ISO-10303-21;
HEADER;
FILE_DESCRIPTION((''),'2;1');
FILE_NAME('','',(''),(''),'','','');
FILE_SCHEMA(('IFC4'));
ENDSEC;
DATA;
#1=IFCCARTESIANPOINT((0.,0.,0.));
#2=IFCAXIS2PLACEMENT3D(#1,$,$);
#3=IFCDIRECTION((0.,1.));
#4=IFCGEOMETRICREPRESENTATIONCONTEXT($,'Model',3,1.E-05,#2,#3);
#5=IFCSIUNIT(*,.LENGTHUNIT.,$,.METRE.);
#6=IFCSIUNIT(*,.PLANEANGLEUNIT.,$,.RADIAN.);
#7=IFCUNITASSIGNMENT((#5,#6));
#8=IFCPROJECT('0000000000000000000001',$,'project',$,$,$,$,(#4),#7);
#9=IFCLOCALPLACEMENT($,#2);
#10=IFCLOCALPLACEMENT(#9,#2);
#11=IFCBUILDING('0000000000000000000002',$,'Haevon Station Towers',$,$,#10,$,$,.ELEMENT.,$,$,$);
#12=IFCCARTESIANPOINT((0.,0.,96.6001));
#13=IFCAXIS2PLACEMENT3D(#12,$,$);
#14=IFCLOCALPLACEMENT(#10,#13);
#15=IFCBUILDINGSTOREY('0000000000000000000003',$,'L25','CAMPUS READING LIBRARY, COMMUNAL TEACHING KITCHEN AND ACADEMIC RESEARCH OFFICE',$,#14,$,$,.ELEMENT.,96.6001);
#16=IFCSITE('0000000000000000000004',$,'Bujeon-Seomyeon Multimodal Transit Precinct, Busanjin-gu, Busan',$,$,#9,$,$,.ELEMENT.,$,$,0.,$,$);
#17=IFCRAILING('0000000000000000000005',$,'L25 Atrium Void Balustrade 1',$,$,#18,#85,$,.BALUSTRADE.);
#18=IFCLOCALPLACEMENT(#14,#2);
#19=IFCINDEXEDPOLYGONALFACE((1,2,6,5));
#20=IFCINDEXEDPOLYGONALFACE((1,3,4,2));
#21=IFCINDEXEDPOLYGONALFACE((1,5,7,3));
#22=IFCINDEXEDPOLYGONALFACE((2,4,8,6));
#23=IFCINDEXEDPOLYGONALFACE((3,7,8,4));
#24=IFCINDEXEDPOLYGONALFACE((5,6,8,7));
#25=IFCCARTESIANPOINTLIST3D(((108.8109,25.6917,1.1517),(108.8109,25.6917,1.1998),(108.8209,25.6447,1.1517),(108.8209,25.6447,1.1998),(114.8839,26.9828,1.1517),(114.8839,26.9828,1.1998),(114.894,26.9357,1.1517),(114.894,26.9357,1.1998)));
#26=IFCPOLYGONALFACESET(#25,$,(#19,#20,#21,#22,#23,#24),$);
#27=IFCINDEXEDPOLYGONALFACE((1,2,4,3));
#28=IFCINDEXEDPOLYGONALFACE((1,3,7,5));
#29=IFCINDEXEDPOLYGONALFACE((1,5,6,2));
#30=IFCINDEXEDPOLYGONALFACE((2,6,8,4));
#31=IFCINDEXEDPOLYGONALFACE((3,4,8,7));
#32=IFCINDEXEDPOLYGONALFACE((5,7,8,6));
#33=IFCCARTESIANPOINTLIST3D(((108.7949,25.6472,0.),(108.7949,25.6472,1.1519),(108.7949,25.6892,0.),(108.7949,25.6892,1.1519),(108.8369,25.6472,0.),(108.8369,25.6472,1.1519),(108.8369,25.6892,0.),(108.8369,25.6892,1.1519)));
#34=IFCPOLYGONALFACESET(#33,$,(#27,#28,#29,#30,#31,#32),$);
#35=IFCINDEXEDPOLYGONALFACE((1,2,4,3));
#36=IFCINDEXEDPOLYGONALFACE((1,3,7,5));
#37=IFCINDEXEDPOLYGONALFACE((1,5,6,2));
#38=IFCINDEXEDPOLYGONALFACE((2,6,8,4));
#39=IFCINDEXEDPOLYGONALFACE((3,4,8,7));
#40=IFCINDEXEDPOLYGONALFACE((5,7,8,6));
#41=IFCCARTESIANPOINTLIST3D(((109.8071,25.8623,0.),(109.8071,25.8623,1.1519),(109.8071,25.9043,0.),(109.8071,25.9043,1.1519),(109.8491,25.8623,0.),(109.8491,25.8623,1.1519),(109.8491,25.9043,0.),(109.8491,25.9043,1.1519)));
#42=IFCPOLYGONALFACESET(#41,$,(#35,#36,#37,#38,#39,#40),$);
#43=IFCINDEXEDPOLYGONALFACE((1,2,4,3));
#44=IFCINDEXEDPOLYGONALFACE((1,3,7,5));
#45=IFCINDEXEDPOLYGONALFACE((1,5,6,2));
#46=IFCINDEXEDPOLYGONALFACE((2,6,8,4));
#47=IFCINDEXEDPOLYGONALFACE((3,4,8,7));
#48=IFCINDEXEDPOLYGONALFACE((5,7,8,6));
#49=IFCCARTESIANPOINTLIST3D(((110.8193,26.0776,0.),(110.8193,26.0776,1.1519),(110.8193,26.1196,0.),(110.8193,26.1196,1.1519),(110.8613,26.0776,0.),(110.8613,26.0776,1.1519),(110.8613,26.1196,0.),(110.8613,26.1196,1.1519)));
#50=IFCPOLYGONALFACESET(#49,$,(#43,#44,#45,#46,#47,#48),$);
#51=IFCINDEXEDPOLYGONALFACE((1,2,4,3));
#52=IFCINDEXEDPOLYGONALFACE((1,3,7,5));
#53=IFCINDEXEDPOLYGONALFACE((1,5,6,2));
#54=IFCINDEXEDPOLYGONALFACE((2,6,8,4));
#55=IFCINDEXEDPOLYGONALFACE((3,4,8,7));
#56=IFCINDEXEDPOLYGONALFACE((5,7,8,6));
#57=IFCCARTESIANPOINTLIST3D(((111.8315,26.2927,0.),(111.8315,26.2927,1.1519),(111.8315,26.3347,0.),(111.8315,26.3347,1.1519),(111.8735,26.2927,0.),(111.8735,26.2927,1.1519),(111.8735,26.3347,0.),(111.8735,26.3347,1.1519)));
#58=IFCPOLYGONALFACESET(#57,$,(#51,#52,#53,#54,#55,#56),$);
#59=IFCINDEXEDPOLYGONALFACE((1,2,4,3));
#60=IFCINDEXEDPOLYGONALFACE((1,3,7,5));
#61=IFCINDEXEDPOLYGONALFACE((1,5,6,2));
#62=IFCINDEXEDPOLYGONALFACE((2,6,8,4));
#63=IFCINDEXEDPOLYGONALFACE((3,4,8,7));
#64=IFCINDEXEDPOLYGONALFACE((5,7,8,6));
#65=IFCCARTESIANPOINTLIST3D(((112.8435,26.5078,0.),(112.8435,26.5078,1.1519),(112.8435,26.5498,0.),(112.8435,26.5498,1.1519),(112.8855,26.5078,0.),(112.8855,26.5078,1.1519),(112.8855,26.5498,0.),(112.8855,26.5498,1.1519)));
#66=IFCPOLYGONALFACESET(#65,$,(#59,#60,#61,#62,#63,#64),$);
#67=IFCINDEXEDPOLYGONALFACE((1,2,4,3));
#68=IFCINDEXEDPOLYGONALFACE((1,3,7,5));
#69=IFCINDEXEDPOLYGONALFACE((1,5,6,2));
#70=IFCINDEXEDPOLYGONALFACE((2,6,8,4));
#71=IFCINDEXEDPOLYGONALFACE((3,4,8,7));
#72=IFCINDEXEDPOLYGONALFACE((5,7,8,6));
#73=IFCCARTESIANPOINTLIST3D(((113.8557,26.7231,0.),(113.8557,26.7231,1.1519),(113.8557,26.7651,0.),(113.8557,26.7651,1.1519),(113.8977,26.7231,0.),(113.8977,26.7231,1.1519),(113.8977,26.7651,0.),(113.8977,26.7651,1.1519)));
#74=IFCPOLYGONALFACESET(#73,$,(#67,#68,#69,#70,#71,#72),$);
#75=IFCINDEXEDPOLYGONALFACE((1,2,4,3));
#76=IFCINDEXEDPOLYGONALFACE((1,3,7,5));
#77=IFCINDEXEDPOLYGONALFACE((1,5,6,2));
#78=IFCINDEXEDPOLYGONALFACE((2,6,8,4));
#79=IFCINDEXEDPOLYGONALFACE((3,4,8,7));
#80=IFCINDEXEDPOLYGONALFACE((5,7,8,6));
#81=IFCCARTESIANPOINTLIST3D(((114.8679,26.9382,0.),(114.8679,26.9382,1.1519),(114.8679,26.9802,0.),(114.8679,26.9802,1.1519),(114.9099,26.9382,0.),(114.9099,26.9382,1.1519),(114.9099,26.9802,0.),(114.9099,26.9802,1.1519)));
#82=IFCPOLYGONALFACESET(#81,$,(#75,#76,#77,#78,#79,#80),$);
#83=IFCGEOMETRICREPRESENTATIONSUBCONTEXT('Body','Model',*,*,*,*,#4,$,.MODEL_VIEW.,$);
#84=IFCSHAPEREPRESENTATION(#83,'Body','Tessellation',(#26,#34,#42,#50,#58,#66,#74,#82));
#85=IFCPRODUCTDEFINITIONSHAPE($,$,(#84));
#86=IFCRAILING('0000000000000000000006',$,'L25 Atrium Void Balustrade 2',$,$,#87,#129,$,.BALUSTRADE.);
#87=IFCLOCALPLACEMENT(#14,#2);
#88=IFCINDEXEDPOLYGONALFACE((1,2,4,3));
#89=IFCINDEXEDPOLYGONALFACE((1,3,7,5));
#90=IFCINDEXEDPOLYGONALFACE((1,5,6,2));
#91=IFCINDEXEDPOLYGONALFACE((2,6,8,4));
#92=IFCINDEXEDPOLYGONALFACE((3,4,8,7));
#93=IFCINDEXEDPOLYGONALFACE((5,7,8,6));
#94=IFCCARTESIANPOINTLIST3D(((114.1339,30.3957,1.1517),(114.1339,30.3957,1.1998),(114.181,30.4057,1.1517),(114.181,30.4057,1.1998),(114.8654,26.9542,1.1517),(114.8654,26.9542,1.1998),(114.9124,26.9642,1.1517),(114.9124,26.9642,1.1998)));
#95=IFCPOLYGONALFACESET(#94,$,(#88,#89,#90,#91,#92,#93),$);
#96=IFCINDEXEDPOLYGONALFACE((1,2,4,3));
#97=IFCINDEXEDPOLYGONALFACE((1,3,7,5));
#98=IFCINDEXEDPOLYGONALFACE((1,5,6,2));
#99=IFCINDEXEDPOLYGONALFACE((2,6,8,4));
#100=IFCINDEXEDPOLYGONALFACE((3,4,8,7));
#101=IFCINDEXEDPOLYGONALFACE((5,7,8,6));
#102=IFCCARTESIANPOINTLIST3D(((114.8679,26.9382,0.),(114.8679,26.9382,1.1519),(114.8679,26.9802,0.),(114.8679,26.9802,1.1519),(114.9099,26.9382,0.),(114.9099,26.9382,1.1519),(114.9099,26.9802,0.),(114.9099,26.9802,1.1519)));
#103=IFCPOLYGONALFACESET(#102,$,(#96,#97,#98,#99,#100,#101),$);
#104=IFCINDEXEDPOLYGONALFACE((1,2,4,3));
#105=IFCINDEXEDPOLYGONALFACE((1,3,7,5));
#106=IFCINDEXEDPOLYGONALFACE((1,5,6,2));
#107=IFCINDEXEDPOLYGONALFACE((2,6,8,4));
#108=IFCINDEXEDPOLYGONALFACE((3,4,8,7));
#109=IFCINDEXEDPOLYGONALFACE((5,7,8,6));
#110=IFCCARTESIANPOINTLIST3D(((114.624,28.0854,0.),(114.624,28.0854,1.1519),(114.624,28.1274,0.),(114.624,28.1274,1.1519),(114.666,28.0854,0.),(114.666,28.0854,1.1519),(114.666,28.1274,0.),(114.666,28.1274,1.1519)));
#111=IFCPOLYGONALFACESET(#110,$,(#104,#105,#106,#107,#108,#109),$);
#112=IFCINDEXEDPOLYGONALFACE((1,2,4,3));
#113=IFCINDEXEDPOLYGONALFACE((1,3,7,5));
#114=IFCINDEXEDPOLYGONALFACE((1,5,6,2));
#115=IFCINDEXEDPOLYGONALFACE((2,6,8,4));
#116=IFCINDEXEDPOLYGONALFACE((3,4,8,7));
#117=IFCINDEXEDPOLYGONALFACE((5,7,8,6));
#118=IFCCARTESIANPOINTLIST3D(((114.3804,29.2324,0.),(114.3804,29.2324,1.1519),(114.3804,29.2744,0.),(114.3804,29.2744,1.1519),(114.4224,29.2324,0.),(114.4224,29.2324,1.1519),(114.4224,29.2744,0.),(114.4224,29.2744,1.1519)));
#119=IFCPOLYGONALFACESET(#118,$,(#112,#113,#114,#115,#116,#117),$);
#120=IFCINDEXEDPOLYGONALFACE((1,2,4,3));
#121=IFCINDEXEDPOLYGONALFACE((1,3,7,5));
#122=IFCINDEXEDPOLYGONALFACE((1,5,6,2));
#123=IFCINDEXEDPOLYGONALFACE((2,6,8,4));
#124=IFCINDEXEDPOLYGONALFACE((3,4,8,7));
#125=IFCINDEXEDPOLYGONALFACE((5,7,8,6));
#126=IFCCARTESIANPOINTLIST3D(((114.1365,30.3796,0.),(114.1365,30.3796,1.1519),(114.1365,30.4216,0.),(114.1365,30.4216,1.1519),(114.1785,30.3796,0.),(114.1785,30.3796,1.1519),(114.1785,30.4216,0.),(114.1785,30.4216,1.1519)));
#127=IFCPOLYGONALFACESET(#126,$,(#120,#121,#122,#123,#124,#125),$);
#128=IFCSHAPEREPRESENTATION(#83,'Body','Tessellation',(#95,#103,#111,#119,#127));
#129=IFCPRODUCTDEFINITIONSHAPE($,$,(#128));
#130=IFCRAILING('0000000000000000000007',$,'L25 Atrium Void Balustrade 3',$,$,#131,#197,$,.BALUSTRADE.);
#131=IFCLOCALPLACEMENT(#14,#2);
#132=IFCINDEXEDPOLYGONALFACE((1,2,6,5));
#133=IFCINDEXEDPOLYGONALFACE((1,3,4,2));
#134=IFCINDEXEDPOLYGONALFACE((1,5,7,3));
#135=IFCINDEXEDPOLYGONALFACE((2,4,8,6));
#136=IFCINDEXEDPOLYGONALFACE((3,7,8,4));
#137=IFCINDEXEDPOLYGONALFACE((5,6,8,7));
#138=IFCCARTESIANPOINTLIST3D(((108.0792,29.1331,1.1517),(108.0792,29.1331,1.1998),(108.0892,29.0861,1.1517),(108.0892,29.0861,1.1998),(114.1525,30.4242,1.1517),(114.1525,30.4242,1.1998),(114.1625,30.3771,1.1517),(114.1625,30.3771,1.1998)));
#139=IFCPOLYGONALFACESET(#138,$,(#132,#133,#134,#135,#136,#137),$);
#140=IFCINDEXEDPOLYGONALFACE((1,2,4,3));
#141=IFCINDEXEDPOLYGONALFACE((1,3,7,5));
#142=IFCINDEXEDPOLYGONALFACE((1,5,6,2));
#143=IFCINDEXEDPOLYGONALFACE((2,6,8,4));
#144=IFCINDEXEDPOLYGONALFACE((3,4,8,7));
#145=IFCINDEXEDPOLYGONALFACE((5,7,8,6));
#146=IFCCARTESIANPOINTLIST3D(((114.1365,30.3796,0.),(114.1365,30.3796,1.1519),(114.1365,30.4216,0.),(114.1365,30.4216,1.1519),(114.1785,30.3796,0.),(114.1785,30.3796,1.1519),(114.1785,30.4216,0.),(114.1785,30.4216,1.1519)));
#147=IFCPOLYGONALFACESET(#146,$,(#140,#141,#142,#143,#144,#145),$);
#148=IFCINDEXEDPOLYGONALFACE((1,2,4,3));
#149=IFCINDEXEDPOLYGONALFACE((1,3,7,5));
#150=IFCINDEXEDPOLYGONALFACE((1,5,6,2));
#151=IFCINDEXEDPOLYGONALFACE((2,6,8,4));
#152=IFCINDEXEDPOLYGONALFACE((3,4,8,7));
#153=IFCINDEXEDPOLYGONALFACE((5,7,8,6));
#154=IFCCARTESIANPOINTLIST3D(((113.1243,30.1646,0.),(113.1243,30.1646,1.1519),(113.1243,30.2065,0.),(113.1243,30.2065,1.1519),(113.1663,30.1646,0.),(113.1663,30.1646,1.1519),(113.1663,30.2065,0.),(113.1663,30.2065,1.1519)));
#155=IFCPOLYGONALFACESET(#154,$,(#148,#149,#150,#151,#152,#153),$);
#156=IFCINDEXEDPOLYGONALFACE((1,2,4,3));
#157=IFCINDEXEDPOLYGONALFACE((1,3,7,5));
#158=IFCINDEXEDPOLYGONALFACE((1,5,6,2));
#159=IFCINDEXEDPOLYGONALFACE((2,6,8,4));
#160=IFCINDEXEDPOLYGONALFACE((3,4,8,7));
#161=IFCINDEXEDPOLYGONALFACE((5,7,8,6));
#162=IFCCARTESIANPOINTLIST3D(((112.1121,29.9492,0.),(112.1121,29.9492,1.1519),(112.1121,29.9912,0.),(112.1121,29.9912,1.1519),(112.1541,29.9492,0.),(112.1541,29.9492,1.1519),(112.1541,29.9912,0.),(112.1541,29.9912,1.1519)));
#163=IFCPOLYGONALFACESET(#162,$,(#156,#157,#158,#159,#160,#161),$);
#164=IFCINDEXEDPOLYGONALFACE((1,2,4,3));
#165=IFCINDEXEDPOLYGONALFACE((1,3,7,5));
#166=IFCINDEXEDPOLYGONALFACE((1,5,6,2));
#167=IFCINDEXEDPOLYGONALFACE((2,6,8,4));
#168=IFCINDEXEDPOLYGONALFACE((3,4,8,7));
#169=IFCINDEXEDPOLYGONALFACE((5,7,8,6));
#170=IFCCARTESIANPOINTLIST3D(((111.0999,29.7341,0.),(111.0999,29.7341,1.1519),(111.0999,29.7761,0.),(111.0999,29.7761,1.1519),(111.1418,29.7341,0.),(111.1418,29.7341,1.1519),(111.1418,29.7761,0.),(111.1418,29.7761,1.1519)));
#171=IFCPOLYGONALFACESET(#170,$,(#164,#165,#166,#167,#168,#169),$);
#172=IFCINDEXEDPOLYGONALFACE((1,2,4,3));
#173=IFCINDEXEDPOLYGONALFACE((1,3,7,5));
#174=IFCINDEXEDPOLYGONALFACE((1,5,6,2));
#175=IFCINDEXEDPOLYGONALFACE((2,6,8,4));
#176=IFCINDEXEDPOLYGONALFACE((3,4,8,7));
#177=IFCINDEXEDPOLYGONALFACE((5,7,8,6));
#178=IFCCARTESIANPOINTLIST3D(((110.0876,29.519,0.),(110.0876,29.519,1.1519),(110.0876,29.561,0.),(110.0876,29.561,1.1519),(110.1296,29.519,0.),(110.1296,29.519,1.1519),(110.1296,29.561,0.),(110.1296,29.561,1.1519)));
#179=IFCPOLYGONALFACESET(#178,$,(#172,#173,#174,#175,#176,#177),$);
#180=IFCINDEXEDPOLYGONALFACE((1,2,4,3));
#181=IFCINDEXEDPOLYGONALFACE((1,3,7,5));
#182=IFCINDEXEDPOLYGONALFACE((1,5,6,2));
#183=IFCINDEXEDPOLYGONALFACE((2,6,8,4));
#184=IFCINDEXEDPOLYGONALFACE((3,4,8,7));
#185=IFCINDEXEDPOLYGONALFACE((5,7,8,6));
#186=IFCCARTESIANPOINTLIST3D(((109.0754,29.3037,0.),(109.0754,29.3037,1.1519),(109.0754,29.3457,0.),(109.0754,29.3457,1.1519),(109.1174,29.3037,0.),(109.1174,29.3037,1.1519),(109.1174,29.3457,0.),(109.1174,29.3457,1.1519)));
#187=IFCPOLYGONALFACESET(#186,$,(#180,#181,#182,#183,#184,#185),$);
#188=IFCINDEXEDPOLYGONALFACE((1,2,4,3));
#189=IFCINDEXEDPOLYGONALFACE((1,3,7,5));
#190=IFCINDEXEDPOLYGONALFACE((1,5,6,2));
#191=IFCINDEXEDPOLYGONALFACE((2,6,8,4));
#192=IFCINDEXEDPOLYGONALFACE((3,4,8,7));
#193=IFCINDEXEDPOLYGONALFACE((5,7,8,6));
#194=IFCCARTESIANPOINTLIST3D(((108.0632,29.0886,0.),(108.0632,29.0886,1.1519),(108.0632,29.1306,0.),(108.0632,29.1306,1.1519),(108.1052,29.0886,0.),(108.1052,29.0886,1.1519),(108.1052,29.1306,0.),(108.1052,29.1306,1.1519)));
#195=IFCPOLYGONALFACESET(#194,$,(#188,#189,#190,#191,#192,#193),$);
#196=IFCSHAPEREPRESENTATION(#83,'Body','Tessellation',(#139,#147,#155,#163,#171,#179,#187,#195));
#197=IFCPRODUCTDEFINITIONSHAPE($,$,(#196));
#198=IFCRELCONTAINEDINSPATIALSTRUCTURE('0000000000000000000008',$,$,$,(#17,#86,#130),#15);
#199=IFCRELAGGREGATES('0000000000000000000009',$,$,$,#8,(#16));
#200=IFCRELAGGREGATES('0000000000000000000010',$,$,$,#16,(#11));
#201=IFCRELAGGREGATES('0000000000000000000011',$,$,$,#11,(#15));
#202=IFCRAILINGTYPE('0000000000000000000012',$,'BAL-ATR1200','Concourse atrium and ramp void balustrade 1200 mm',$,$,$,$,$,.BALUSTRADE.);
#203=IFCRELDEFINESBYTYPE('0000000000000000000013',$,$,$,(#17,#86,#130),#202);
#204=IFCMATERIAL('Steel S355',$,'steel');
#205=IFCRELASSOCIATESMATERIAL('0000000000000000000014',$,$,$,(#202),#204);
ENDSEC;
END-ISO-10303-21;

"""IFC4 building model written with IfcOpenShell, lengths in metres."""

from ifc_helpers import new_model, si_unit, direction, frame, origin, origin_2d, place, context, subcontext, project, spatial, rectangle, extrude, material, type_object, element, save


model = new_model("IFC4")

# Units and contexts
model_context = context("Model", 3, precision=1e-05, world=origin(), true_north=direction((0.0, 1.0)))
body_context = subcontext(model_context, "Body", "Model", "MODEL_VIEW")
ifc_project = project(units=[si_unit("LENGTHUNIT", "METRE"), si_unit("PLANEANGLEUNIT", "RADIAN")], contexts=[model_context])

# Site, building, storey
site_placement = place(None, origin())
site = spatial("IfcSite", under=ifc_project, at=site_placement, Name="Bujeon-Seomyeon Multimodal Transit Precinct, Busanjin-gu, Busan", CompositionType="ELEMENT", RefElevation=0.0)
building_placement = place(site_placement, origin())
building = spatial("IfcBuilding", under=site, at=building_placement, Name="Haevon Station Towers", CompositionType="ELEMENT")
storey_placement = place(building_placement, frame((0.0, 0.0, 96.6001)))
storey = spatial("IfcBuildingStorey", under=building, at=storey_placement, Name="L25", Description="CAMPUS READING LIBRARY, COMMUNAL TEACHING KITCHEN AND ACADEMIC RESEARCH OFFICE", CompositionType="ELEMENT", Elevation=96.6001)

# Shared definitions
ifc_material_1 = material(Name="Steel S355", Category="steel")

# Railings
railing_type_1 = type_object("IfcRailingType", Name="BAL-ATR1200", Description="Concourse atrium and ramp void balustrade 1200 mm", PredefinedType="BALUSTRADE", material=ifc_material_1)
railing_1_placement = place(storey_placement, frame((108.8159, 25.6682, 0.0)))
element("IfcRailing", 1, at=railing_1_placement, inside=storey, type_object=railing_type_1, Name="L25 Atrium Void Balustrade 1", PredefinedType="BALUSTRADE", context=body_context, shape_type="SweptSolid", body=[
    extrude(rectangle(XDim=0.0481, YDim=0.0481, at=origin_2d()), frame((0.0, 0.0, 1.1758), z_axis=(0.978142, 0.207936, 0.0), x_axis=(-0.207936, 0.978142, 0.0)), (0.0, 0.0, 1.0), 6.2087),
    extrude(rectangle(XDim=0.042, YDim=0.042, at=origin_2d()), origin(), (0.0, 0.0, 1.0), 1.1519),
    extrude(rectangle(XDim=0.042, YDim=0.042, at=origin_2d()), frame((1.0122, 0.2151, 0.0)), (0.0, 0.0, 1.0), 1.1519),
    extrude(rectangle(XDim=0.042, YDim=0.042, at=origin_2d()), frame((2.0244, 0.4304, 0.0)), (0.0, 0.0, 1.0), 1.1519),
    extrude(rectangle(XDim=0.042, YDim=0.042, at=origin_2d()), frame((3.0366, 0.6455, 0.0)), (0.0, 0.0, 1.0), 1.1519),
    extrude(rectangle(XDim=0.042, YDim=0.042, at=origin_2d()), frame((4.0486, 0.8606, 0.0)), (0.0, 0.0, 1.0), 1.1519),
    extrude(rectangle(XDim=0.042, YDim=0.042, at=origin_2d()), frame((5.0608, 1.0759, 0.0)), (0.0, 0.0, 1.0), 1.1519),
    extrude(rectangle(XDim=0.042, YDim=0.042, at=origin_2d()), frame((6.073, 1.291, 0.0)), (0.0, 0.0, 1.0), 1.1519),
])
railing_2_placement = place(storey_placement, frame((114.8889, 26.9592, 0.0)))
element("IfcRailing", 2, at=railing_2_placement, inside=storey, type_object=railing_type_1, Name="L25 Atrium Void Balustrade 2", PredefinedType="BALUSTRADE", context=body_context, shape_type="SweptSolid", body=[
    extrude(rectangle(XDim=0.0481, YDim=0.0481, at=origin_2d()), frame((0.0, 0.0, 1.1758), z_axis=(-0.207899, 0.97815, 0.0), x_axis=(-0.97815, -0.207899, 0.0)), (0.0, 0.0, 1.0), 3.5183),
    extrude(rectangle(XDim=0.042, YDim=0.042, at=origin_2d()), origin(), (0.0, 0.0, 1.0), 1.1519),
    extrude(rectangle(XDim=0.042, YDim=0.042, at=origin_2d()), frame((-0.2439, 1.1472, 0.0)), (0.0, 0.0, 1.0), 1.1519),
    extrude(rectangle(XDim=0.042, YDim=0.042, at=origin_2d()), frame((-0.4875, 2.2942, 0.0)), (0.0, 0.0, 1.0), 1.1519),
    extrude(rectangle(XDim=0.042, YDim=0.042, at=origin_2d()), frame((-0.7314, 3.4414, 0.0)), (0.0, 0.0, 1.0), 1.1519),
])
railing_3_placement = place(storey_placement, frame((114.1575, 30.4006, 0.0)))
element("IfcRailing", 3, at=railing_3_placement, inside=storey, type_object=railing_type_1, Name="L25 Atrium Void Balustrade 3", PredefinedType="BALUSTRADE", context=body_context, shape_type="SweptSolid", body=[
    extrude(rectangle(XDim=0.0481, YDim=0.0481, at=origin_2d()), frame((0.0, 0.0, 1.1758), z_axis=(-0.978144, -0.207928, 0.0), x_axis=(0.207928, -0.978144, 0.0)), (0.0, 0.0, 1.0), 6.209),
    extrude(rectangle(XDim=0.042, YDim=0.042, at=origin_2d()), origin(), (0.0, 0.0, 1.0), 1.1519),
    extrude(rectangle(XDim=0.042, YDim=0.042, at=origin_2d()), frame((-1.0122, -0.2151, 0.0)), (0.0, 0.0, 1.0), 1.1519),
    extrude(rectangle(XDim=0.042, YDim=0.042, at=origin_2d()), frame((-2.0244, -0.4304, 0.0)), (0.0, 0.0, 1.0), 1.1519),
    extrude(rectangle(XDim=0.042, YDim=0.042, at=origin_2d()), frame((-3.0366, -0.6455, 0.0)), (0.0, 0.0, 1.0), 1.1519),
    extrude(rectangle(XDim=0.042, YDim=0.042, at=origin_2d()), frame((-4.0488, -0.8606, 0.0)), (0.0, 0.0, 1.0), 1.1519),
    extrude(rectangle(XDim=0.042, YDim=0.042, at=origin_2d()), frame((-5.061, -1.0759, 0.0)), (0.0, 0.0, 1.0), 1.1519),
    extrude(rectangle(XDim=0.042, YDim=0.042, at=origin_2d()), frame((-6.0732, -1.291, 0.0)), (0.0, 0.0, 1.0), 1.1519),
])

save(model, "model.ifc")
